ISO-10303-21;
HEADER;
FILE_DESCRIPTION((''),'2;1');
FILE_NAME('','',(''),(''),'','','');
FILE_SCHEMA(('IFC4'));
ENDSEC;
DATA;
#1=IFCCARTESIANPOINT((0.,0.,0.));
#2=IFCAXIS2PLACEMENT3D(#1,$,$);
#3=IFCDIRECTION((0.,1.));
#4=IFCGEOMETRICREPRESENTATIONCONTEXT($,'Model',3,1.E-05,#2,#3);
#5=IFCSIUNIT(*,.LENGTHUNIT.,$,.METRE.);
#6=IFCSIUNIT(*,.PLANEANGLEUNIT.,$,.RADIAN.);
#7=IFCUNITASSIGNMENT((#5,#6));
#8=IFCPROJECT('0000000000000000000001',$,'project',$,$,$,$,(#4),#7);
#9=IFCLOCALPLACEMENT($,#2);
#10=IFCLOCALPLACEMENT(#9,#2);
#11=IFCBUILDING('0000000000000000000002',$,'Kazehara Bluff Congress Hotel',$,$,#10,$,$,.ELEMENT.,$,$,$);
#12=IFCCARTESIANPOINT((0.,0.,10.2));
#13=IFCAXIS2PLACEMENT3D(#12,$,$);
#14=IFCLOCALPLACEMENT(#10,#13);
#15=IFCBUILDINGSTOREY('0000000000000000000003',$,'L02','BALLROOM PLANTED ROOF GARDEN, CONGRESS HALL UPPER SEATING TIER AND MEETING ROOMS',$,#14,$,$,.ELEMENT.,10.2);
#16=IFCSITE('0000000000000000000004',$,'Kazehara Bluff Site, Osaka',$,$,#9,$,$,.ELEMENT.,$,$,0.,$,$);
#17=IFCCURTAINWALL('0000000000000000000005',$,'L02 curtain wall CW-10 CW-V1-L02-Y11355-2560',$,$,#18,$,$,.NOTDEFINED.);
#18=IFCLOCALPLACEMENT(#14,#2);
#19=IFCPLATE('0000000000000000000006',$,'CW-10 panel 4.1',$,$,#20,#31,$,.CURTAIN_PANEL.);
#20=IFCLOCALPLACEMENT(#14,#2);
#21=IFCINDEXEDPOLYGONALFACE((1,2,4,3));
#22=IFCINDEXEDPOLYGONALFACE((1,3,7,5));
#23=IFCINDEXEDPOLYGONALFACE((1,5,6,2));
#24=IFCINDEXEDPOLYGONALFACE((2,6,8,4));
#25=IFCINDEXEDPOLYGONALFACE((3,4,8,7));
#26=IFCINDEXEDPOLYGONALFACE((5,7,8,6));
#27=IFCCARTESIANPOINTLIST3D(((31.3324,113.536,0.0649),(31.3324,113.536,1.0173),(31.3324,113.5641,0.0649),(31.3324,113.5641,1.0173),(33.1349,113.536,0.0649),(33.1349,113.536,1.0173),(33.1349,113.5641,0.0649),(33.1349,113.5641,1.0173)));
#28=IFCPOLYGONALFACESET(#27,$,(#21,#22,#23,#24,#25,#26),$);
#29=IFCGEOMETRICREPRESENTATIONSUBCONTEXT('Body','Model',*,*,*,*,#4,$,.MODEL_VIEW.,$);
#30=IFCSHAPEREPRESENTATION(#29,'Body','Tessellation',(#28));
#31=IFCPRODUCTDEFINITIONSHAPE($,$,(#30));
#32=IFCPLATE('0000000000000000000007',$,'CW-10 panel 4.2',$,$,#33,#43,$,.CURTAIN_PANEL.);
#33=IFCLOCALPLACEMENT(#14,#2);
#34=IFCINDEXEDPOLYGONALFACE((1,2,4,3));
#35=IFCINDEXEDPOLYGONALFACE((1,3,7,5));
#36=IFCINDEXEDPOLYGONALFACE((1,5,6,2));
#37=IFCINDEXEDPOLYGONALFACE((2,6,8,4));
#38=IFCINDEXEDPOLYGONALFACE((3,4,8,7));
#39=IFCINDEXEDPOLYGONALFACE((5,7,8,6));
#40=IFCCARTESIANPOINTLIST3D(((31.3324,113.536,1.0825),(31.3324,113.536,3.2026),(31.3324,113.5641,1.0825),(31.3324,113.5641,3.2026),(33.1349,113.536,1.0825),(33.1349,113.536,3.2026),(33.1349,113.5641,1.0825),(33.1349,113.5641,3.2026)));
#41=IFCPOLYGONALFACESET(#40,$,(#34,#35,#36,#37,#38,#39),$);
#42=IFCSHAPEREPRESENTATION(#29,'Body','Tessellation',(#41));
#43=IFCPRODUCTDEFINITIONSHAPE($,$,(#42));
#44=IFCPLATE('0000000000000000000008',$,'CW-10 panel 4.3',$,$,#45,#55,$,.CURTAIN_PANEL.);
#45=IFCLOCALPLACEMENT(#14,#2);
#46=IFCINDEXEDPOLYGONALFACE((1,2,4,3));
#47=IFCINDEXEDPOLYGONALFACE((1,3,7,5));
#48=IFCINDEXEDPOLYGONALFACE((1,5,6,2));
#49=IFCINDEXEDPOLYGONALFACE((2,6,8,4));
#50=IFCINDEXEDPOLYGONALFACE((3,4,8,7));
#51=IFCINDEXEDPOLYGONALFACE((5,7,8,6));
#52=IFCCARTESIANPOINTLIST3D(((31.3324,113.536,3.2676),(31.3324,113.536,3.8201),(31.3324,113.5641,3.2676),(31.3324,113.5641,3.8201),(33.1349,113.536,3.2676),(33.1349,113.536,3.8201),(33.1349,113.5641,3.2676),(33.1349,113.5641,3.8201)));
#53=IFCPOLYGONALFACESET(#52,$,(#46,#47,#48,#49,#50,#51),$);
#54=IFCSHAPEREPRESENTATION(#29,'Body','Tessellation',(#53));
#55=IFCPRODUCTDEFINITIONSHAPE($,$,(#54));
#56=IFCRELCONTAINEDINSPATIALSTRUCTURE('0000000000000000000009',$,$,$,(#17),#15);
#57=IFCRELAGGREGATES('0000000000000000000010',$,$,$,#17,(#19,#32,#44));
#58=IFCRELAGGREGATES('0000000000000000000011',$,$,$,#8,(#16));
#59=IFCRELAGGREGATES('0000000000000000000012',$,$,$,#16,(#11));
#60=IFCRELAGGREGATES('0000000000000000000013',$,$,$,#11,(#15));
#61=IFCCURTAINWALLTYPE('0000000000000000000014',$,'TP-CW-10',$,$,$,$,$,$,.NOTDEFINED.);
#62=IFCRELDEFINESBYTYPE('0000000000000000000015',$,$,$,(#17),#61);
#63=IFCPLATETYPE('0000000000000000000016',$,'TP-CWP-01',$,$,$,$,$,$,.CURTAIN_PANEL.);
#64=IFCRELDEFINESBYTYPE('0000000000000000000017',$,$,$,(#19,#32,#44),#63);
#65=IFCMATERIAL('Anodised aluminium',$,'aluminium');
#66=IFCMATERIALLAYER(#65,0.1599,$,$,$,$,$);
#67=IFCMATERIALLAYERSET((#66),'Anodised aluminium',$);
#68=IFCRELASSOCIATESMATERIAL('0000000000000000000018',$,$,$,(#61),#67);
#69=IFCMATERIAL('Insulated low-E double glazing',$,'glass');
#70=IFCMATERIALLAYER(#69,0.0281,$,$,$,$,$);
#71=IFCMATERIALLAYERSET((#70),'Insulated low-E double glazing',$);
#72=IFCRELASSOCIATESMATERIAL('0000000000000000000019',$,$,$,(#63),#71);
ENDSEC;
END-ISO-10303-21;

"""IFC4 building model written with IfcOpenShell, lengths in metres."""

from ifc_helpers import new_model, si_unit, direction, frame, origin, origin_2d, place, context, subcontext, project, spatial, rectangle, extrude, material, layer, layer_set, type_object, element, aggregate, save


model = new_model("IFC4")

# Units and contexts
model_context = context("Model", 3, precision=1e-05, world=origin(), true_north=direction((0.0, 1.0)))
body_context = subcontext(model_context, "Body", "Model", "MODEL_VIEW")
ifc_project = project(units=[si_unit("LENGTHUNIT", "METRE"), si_unit("PLANEANGLEUNIT", "RADIAN")], contexts=[model_context])

# Site, building, storey
site_placement = place(None, origin())
site = spatial("IfcSite", under=ifc_project, at=site_placement, Name="Kazehara Bluff Site, Osaka", CompositionType="ELEMENT", RefElevation=0.0)
building_placement = place(site_placement, origin())
building = spatial("IfcBuilding", under=site, at=building_placement, Name="Kazehara Bluff Congress Hotel", CompositionType="ELEMENT")
storey_placement = place(building_placement, frame((0.0, 0.0, 10.2)))
storey = spatial("IfcBuildingStorey", under=building, at=storey_placement, Name="L02", Description="BALLROOM PLANTED ROOF GARDEN, CONGRESS HALL UPPER SEATING TIER AND MEETING ROOMS", CompositionType="ELEMENT", Elevation=10.2)

# Curtain wall
ifc_material_1 = material(Name="Anodised aluminium", Category="aluminium")
ifc_layer_1 = layer(ifc_material_1, 0.1599)
ifc_layer_set_1 = layer_set([ifc_layer_1], Name="Anodised aluminium")
curtain_wall_type = type_object("IfcCurtainWallType", Name="TP-CW-10", PredefinedType="NOTDEFINED", material=ifc_layer_set_1)
curtain_wall_1_placement = place(storey_placement, origin())
curtain_wall_1 = element("IfcCurtainWall", 1, at=curtain_wall_1_placement, inside=storey, type_object=curtain_wall_type, Name="L02 curtain wall CW-10 CW-V1-L02-Y11355-2560", PredefinedType="NOTDEFINED")

# Plates
ifc_material_2 = material(Name="Insulated low-E double glazing", Category="glass")
ifc_layer_2 = layer(ifc_material_2, 0.0281)
ifc_layer_set_2 = layer_set([ifc_layer_2], Name="Insulated low-E double glazing")
plate_type = type_object("IfcPlateType", Name="TP-CWP-01", PredefinedType="CURTAIN_PANEL", material=ifc_layer_set_2)
plate_1_placement = place(storey_placement, frame((32.2336, 113.55, 0.0649), z_axis=(0.0, 0.0, 1.0), x_axis=(1.0, 0.0, 0.0)))
plate_1 = element("IfcPlate", 2, at=plate_1_placement, type_object=plate_type, Name="CW-10 panel 4.1", PredefinedType="CURTAIN_PANEL", context=body_context, shape_type="SweptSolid", body=[
    extrude(rectangle(XDim=1.8025, YDim=0.0281, at=origin_2d()), origin(), (0.0, 0.0, 1.0), 0.9524),
])
plate_2_placement = place(storey_placement, frame((32.2336, 113.55, 1.0825), z_axis=(0.0, 0.0, 1.0), x_axis=(1.0, 0.0, 0.0)))
plate_2 = element("IfcPlate", 3, at=plate_2_placement, type_object=plate_type, Name="CW-10 panel 4.2", PredefinedType="CURTAIN_PANEL", context=body_context, shape_type="SweptSolid", body=[
    extrude(rectangle(XDim=1.8025, YDim=0.0281, at=origin_2d()), origin(), (0.0, 0.0, 1.0), 2.1201),
])
plate_3_placement = place(storey_placement, frame((32.2336, 113.55, 3.2676), z_axis=(0.0, 0.0, 1.0), x_axis=(1.0, 0.0, 0.0)))
plate_3 = element("IfcPlate", 4, at=plate_3_placement, type_object=plate_type, Name="CW-10 panel 4.3", PredefinedType="CURTAIN_PANEL", context=body_context, shape_type="SweptSolid", body=[
    extrude(rectangle(XDim=1.8025, YDim=0.0281, at=origin_2d()), origin(), (0.0, 0.0, 1.0), 0.5525),
])
aggregate(curtain_wall_1, [plate_1, plate_2, plate_3])

save(model, "model.ifc")
